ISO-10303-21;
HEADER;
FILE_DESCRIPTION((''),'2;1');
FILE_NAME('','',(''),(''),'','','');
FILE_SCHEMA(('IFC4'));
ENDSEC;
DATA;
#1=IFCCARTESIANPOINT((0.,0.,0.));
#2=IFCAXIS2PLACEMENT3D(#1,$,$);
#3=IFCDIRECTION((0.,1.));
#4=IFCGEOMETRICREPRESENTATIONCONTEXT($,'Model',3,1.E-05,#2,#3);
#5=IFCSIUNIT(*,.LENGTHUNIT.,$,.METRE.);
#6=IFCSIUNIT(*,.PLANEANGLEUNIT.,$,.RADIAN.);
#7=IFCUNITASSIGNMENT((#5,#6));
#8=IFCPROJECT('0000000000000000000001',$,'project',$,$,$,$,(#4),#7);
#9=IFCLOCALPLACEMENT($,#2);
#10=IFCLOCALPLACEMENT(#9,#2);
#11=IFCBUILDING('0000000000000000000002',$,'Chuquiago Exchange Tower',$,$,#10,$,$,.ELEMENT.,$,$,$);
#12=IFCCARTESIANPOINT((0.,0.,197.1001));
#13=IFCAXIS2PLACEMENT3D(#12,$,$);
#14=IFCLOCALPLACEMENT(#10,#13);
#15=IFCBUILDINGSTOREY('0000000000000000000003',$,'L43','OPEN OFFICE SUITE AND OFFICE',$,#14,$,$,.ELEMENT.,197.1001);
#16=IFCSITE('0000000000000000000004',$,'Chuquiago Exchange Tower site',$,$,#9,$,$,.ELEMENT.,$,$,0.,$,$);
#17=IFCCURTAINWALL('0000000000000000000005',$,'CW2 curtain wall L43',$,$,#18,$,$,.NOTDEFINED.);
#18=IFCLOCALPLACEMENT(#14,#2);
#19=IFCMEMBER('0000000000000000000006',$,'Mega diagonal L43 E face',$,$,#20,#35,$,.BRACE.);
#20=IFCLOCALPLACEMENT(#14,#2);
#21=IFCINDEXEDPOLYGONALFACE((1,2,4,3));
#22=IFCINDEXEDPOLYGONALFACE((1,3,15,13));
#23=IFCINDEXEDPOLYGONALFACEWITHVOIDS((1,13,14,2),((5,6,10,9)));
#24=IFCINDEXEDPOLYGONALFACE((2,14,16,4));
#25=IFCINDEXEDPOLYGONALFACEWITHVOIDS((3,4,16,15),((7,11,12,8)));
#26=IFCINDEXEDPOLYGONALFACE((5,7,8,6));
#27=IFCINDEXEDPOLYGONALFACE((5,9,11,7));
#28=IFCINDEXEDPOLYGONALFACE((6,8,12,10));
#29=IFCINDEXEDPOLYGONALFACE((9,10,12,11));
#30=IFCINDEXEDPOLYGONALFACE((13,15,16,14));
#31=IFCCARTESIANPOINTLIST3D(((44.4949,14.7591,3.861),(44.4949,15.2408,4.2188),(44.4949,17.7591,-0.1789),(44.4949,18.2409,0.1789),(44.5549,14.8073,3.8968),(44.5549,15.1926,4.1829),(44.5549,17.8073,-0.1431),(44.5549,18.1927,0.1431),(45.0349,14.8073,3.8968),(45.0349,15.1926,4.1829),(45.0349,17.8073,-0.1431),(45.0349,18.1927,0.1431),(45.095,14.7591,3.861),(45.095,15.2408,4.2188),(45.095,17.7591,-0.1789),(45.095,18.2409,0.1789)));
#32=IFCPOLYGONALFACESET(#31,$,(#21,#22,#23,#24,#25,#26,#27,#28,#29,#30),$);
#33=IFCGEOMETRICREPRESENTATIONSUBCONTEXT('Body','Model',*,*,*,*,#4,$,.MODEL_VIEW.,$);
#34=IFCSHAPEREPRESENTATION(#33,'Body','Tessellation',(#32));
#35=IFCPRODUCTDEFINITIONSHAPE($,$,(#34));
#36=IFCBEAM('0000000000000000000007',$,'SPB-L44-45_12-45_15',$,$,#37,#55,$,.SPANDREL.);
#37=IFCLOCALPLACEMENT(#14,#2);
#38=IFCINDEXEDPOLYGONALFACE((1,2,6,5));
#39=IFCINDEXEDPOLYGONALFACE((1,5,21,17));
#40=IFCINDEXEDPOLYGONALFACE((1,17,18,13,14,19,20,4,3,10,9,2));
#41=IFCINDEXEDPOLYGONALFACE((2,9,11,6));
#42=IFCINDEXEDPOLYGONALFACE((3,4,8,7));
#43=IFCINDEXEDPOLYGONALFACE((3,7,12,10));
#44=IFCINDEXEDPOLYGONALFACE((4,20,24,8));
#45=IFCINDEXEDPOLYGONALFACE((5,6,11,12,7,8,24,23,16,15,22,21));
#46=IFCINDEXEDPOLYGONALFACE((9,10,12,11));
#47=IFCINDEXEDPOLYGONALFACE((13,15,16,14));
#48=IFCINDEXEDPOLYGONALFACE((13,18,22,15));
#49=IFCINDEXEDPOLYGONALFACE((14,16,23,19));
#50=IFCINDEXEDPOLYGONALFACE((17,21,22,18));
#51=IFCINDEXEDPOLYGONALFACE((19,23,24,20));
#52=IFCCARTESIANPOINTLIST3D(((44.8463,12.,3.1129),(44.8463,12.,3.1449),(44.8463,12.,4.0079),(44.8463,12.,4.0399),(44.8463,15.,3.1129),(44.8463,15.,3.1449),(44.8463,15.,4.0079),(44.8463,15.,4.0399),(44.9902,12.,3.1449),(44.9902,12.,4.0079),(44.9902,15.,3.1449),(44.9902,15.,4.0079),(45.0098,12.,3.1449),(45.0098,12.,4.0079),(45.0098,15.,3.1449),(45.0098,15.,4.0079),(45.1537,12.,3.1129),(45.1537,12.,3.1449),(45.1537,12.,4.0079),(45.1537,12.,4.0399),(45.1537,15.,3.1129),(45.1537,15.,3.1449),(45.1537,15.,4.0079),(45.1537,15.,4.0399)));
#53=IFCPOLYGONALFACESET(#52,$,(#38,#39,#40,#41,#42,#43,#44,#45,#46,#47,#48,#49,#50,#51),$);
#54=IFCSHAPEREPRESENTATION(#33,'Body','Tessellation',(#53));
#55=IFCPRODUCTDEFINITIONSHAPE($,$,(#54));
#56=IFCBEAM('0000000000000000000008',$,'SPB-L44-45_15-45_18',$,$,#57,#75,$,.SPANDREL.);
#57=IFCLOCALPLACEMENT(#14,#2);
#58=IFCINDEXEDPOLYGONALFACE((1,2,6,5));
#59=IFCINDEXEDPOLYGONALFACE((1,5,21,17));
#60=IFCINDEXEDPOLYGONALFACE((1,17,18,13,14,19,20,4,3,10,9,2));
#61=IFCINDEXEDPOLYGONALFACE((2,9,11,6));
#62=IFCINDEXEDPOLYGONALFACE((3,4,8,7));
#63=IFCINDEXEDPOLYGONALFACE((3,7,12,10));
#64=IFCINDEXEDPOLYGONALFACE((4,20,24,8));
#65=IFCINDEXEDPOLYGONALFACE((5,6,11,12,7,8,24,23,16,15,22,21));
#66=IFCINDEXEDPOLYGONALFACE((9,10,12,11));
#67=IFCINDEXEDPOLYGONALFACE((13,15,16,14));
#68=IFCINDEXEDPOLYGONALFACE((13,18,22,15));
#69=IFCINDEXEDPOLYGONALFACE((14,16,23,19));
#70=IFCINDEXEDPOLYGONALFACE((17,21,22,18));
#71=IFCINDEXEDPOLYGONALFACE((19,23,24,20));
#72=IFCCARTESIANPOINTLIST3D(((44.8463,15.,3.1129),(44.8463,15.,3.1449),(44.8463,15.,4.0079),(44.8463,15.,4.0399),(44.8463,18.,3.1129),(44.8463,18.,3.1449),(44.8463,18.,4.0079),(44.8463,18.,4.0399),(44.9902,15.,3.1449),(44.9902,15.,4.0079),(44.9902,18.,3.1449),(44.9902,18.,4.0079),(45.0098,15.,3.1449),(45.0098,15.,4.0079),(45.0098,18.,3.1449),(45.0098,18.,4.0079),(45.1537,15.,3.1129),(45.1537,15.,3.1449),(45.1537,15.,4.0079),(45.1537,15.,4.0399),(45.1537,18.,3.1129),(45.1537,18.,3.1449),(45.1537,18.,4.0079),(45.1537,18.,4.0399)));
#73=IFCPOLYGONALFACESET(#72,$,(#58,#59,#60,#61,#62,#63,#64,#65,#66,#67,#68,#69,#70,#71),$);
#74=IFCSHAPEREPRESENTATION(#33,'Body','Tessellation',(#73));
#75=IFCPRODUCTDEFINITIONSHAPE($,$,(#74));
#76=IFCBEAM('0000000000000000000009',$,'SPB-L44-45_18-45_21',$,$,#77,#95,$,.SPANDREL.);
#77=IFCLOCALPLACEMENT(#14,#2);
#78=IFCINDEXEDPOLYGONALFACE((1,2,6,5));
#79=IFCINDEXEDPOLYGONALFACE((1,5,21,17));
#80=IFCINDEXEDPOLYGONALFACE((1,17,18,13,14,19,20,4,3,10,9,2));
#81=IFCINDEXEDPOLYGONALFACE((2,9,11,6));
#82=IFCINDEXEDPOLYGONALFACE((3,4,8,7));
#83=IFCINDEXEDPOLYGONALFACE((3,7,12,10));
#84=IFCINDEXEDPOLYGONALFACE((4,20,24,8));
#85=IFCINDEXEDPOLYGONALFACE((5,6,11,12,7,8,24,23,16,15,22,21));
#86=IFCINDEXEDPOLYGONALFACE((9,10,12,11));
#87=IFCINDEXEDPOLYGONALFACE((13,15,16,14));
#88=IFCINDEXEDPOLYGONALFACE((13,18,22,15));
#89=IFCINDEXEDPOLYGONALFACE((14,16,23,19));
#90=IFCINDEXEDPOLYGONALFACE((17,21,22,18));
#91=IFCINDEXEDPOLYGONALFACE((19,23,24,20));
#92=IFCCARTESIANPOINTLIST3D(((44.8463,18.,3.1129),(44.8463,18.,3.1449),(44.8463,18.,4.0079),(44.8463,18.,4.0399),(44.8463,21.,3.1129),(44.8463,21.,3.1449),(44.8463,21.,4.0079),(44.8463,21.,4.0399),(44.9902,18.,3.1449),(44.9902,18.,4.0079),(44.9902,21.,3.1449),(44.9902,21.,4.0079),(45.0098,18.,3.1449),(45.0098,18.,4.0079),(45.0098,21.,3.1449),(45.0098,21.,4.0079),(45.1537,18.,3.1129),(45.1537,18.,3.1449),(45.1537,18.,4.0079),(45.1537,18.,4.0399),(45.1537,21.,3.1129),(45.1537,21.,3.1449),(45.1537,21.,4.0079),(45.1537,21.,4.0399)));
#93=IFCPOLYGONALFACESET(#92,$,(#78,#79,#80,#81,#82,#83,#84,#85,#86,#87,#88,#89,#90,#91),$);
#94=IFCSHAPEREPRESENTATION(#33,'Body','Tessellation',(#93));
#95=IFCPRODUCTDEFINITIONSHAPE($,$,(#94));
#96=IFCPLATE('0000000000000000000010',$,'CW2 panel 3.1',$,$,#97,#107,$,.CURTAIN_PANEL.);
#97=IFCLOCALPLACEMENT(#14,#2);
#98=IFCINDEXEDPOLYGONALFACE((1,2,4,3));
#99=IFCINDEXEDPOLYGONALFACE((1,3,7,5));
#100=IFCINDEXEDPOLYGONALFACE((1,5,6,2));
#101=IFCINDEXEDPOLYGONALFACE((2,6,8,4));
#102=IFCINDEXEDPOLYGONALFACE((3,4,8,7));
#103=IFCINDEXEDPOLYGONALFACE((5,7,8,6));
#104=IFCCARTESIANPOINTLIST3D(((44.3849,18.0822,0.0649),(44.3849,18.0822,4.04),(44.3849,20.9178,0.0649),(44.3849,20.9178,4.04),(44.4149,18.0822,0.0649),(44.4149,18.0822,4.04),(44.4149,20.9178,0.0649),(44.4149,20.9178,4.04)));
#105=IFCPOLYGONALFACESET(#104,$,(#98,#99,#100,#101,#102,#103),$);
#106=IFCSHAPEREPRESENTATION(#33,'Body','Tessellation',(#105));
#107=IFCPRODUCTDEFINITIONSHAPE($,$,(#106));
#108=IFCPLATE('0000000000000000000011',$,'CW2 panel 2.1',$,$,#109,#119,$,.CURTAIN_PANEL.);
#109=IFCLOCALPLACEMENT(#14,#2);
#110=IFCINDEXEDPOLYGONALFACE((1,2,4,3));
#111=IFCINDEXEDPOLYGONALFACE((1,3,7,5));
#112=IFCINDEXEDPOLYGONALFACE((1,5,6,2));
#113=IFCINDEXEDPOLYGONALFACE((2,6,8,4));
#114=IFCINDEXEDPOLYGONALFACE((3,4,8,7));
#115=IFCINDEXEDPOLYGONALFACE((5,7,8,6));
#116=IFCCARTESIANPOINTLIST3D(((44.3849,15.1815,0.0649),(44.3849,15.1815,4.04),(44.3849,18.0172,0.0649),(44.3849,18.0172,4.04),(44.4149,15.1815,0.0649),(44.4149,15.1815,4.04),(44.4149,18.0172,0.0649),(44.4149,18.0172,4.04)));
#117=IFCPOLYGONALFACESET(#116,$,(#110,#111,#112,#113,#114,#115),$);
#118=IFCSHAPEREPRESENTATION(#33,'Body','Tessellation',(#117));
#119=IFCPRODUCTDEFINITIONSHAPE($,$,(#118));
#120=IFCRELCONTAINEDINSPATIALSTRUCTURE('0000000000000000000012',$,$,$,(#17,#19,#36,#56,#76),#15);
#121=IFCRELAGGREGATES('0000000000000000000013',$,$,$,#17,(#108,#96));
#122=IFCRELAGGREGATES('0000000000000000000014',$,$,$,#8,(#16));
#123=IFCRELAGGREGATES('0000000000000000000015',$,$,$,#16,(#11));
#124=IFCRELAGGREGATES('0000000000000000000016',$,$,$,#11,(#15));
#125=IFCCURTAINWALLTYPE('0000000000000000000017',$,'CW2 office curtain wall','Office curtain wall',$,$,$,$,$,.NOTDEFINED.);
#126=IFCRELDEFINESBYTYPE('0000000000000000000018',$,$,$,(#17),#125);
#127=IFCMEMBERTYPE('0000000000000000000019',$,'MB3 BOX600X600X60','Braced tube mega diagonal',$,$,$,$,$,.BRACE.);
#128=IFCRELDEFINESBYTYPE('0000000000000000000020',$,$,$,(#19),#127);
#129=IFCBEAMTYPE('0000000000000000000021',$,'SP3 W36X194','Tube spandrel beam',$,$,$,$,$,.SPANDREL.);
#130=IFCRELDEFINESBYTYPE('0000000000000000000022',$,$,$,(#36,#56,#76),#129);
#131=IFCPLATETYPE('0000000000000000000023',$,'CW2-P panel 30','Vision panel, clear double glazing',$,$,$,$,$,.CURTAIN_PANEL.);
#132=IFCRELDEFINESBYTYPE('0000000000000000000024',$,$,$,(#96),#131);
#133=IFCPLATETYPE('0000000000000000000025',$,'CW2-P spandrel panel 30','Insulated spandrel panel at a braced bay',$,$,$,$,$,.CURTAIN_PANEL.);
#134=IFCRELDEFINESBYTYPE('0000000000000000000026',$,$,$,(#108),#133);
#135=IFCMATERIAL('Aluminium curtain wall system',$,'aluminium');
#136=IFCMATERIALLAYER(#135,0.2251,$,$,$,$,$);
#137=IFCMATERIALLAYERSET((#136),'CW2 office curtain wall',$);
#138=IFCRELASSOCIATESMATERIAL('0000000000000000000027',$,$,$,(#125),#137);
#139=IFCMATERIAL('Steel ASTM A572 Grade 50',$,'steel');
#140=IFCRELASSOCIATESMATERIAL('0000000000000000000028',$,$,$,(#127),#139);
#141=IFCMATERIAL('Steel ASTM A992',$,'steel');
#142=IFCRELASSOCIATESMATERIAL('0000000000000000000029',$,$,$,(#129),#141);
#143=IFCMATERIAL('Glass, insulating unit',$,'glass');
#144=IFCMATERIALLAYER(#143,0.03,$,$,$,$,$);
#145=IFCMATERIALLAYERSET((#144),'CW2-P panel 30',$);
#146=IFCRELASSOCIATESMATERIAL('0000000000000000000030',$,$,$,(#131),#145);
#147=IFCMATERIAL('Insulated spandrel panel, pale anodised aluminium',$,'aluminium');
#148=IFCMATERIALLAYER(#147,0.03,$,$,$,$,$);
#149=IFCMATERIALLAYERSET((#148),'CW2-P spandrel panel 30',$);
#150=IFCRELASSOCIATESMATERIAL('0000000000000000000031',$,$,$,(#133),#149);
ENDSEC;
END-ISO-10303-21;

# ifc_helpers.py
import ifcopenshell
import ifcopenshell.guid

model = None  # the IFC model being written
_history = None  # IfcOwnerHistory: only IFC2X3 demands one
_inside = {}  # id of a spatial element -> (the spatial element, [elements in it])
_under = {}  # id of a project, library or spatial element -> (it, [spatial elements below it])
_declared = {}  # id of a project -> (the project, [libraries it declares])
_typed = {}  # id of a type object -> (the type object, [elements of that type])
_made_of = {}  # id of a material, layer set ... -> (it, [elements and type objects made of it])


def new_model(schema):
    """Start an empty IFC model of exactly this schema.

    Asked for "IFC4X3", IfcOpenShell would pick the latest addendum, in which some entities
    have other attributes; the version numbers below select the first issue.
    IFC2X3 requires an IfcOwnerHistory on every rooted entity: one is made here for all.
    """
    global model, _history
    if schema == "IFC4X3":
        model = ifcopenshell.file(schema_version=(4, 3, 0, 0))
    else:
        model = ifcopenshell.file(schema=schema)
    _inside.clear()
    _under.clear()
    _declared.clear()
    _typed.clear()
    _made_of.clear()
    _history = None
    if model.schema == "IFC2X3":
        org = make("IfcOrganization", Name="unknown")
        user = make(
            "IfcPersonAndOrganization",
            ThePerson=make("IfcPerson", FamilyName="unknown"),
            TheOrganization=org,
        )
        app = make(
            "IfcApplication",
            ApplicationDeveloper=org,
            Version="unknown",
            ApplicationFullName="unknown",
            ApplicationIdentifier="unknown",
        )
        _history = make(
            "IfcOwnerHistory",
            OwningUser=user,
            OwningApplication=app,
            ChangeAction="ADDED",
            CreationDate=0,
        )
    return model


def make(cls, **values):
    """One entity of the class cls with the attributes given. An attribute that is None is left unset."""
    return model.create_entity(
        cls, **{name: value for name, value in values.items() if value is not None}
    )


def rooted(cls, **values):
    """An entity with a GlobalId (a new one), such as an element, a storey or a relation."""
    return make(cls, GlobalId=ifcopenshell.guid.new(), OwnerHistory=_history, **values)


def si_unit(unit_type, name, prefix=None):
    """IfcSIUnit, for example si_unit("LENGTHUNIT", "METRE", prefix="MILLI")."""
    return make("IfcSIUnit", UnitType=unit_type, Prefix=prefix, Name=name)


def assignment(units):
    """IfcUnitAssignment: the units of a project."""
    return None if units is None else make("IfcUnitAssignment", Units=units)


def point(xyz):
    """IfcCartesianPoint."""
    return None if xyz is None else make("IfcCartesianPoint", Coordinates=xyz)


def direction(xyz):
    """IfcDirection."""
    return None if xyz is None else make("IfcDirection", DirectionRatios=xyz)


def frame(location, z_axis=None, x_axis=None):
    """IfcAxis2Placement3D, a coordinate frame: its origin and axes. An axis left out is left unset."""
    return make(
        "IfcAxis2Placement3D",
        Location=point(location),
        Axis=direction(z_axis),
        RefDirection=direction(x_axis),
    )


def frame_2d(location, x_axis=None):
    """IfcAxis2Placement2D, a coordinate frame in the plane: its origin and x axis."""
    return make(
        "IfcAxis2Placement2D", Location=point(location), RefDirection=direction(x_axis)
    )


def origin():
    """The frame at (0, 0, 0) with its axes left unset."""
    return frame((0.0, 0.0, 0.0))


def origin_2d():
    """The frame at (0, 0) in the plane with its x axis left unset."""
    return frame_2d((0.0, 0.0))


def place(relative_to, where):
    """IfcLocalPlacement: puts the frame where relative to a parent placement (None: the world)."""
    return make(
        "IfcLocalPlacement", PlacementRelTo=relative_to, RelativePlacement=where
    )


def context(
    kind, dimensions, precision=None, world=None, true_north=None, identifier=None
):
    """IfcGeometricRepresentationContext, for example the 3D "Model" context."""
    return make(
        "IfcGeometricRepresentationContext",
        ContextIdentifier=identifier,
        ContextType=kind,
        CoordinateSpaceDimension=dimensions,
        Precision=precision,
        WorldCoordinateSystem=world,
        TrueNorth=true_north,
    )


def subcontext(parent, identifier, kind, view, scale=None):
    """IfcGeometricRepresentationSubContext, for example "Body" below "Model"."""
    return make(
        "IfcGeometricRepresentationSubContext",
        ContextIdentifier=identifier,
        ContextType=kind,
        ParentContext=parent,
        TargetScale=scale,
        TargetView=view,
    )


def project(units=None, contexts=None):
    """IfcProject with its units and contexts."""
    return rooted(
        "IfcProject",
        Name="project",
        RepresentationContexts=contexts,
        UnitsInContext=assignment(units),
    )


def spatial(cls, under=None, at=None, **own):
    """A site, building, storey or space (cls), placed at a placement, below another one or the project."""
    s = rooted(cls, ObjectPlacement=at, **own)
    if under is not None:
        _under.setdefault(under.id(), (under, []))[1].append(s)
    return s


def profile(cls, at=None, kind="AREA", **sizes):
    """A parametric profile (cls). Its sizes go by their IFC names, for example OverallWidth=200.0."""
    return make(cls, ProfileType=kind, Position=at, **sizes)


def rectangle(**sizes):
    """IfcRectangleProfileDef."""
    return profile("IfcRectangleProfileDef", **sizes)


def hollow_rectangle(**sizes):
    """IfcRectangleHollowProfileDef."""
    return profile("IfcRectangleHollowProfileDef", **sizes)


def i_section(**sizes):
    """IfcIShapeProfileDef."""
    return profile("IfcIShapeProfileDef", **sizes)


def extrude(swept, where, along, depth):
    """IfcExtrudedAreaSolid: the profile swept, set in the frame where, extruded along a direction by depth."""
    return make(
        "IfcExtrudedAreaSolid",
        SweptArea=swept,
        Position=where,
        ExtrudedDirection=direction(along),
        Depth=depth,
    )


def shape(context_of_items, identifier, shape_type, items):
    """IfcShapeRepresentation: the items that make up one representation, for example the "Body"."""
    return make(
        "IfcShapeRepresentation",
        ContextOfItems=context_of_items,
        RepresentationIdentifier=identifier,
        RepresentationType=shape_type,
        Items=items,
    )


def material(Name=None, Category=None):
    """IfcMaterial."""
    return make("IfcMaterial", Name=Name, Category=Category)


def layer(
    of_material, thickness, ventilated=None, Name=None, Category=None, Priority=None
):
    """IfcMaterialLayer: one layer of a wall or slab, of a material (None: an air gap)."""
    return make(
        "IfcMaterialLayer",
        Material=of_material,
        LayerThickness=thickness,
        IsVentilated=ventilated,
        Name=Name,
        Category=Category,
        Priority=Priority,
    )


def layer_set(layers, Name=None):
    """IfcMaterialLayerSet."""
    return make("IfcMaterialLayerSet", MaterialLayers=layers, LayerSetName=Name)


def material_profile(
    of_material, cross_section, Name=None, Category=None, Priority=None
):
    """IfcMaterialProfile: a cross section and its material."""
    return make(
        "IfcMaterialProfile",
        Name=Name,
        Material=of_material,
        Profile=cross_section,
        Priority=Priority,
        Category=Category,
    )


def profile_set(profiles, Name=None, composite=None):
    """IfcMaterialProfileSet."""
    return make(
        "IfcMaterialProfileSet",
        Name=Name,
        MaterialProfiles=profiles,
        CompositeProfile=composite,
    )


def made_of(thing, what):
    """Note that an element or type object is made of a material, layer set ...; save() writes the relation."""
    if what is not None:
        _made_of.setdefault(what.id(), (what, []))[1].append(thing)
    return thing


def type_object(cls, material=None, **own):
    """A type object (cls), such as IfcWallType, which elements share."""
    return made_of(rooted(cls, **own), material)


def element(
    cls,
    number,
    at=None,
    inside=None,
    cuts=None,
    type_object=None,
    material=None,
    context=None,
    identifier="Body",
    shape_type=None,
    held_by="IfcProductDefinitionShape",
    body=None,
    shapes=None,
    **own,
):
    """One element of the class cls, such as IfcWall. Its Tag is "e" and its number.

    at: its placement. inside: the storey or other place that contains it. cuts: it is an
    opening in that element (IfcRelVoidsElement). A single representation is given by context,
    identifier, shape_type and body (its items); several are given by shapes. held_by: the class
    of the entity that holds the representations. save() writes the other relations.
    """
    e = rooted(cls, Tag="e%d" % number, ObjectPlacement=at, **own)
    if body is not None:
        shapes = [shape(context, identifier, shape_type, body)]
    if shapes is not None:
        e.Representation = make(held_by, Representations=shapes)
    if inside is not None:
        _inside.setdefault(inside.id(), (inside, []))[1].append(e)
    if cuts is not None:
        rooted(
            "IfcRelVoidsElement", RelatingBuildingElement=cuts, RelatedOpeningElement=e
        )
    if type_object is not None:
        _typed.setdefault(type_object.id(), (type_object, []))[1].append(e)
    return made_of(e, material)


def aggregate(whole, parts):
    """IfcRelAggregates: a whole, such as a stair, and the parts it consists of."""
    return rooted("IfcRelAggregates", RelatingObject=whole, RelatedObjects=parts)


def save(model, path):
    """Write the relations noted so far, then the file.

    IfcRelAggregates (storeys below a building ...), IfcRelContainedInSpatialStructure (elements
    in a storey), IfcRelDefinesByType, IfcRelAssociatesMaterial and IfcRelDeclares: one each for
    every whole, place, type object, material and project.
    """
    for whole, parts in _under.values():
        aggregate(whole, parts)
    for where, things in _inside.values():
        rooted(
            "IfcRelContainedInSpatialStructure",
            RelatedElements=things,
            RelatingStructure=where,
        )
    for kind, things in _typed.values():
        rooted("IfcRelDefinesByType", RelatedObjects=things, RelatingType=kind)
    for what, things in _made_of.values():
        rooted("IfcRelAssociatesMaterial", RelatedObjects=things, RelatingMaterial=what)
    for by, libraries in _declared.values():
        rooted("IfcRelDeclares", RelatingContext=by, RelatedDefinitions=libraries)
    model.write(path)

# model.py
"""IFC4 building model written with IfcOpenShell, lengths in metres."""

from ifc_helpers import new_model, si_unit, direction, frame, origin, origin_2d, place, context, subcontext, project, spatial, rectangle, hollow_rectangle, i_section, extrude, material, layer, layer_set, material_profile, profile_set, type_object, element, aggregate, save


model = new_model("IFC4")

# Units and contexts
model_context = context("Model", 3, precision=1e-05, world=origin(), true_north=direction((0.0, 1.0)))
body_context = subcontext(model_context, "Body", "Model", "MODEL_VIEW")
ifc_project = project(units=[si_unit("LENGTHUNIT", "METRE"), si_unit("PLANEANGLEUNIT", "RADIAN")], contexts=[model_context])

# Site, building, storey
site_placement = place(None, origin())
site = spatial("IfcSite", under=ifc_project, at=site_placement, Name="Chuquiago Exchange Tower site", CompositionType="ELEMENT", RefElevation=0.0)
building_placement = place(site_placement, origin())
building = spatial("IfcBuilding", under=site, at=building_placement, Name="Chuquiago Exchange Tower", CompositionType="ELEMENT")
storey_placement = place(building_placement, frame((0.0, 0.0, 197.1001)))
storey = spatial("IfcBuildingStorey", under=building, at=storey_placement, Name="L43", Description="OPEN OFFICE SUITE AND OFFICE", CompositionType="ELEMENT", Elevation=197.1001)

# Curtain wall
ifc_material_1 = material(Name="Aluminium curtain wall system", Category="aluminium")
ifc_layer_1 = layer(ifc_material_1, 0.2251)
ifc_layer_set_1 = layer_set([ifc_layer_1], Name="CW2 office curtain wall")
curtain_wall_type = type_object("IfcCurtainWallType", Name="CW2 office curtain wall", Description="Office curtain wall", PredefinedType="NOTDEFINED", material=ifc_layer_set_1)
curtain_wall_placement = place(storey_placement, origin())
curtain_wall = element("IfcCurtainWall", 1, at=curtain_wall_placement, inside=storey, type_object=curtain_wall_type, Name="CW2 curtain wall L43", PredefinedType="NOTDEFINED")

# Member
ifc_material_2 = material(Name="Steel ASTM A572 Grade 50", Category="steel")
ifc_material_profile_1 = material_profile(ifc_material_2, hollow_rectangle(XDim=0.6001, YDim=0.6001, WallThickness=0.0601, at=origin_2d()), Name="BOX600X600X60")
ifc_profile_set_1 = profile_set([ifc_material_profile_1], Name="Steel ASTM A572 Grade 50")
member_type_1 = type_object("IfcMemberType", Name="MB3 BOX600X600X60", Description="Braced tube mega diagonal", PredefinedType="BRACE", material=ifc_profile_set_1)
for number, where, z_axis, x_axis, name in (
    (2, (44.7949, 18.0, 0.0), (0.0, -0.596197, 0.802838), (1.0, 0.0, 0.0), "Mega diagonal L43 E face"),
):
    element("IfcMember", number, at=place(storey_placement, frame(where, z_axis=z_axis, x_axis=x_axis)), inside=storey, type_object=member_type_1, Name=name, PredefinedType="BRACE", context=body_context, shape_type="SweptSolid", body=[
        extrude(hollow_rectangle(XDim=0.6001, YDim=0.6001, WallThickness=0.0601, at=origin_2d()), origin(), (0.0, 0.0, 1.0), 5.032),
    ])

# Beams
ifc_material_3 = material(Name="Steel ASTM A992", Category="steel")
ifc_material_profile_2 = material_profile(ifc_material_3, i_section(OverallWidth=0.3074, OverallDepth=0.927, WebThickness=0.0195, FlangeThickness=0.032, at=origin_2d()), Name="W36X194")
ifc_profile_set_2 = profile_set([ifc_material_profile_2], Name="Steel ASTM A992")
beam_type = type_object("IfcBeamType", Name="SP3 W36X194", Description="Tube spandrel beam", PredefinedType="SPANDREL", material=ifc_profile_set_2)
for number, where, z_axis, x_axis, name in (
    (3, (45.0, 12.0, 3.5764), (0.0, 1.0, 0.0), (-1.0, 0.0, 0.0), "SPB-L44-45_12-45_15"),
    (4, (45.0, 15.0, 3.5764), (0.0, 1.0, 0.0), (-1.0, 0.0, 0.0), "SPB-L44-45_15-45_18"),
    (5, (45.0, 18.0, 3.5764), (0.0, 1.0, 0.0), (-1.0, 0.0, 0.0), "SPB-L44-45_18-45_21"),
):
    element("IfcBeam", number, at=place(storey_placement, frame(where, z_axis=z_axis, x_axis=x_axis)), inside=storey, type_object=beam_type, Name=name, PredefinedType="SPANDREL", context=body_context, shape_type="SweptSolid", body=[
        extrude(i_section(OverallWidth=0.3074, OverallDepth=0.927, WebThickness=0.0195, FlangeThickness=0.032, at=origin_2d()), origin(), (0.0, 0.0, 1.0), 3.0),
    ])

# Plates
ifc_material_4 = material(Name="Glass, insulating unit", Category="glass")
ifc_layer_2 = layer(ifc_material_4, 0.03)
ifc_layer_set_2 = layer_set([ifc_layer_2], Name="CW2-P panel 30")
plate_type_1 = type_object("IfcPlateType", Name="CW2-P panel 30", Description="Vision panel, clear double glazing", PredefinedType="CURTAIN_PANEL", material=ifc_layer_set_2)
plate_1_placement = place(storey_placement, frame((44.3999, 19.5, 0.0649), z_axis=(0.0, 0.0, 1.0), x_axis=(0.0, 1.0, 0.0)))
plate_1 = element("IfcPlate", 6, at=plate_1_placement, type_object=plate_type_1, Name="CW2 panel 3.1", PredefinedType="CURTAIN_PANEL", context=body_context, shape_type="SweptSolid", body=[
    extrude(rectangle(XDim=2.8357, YDim=0.03, at=origin_2d()), origin(), (0.0, 0.0, 1.0), 3.9751),
])
ifc_material_5 = material(Name="Insulated spandrel panel, pale anodised aluminium", Category="aluminium")
ifc_layer_3 = layer(ifc_material_5, 0.03)
ifc_layer_set_3 = layer_set([ifc_layer_3], Name="CW2-P spandrel panel 30")
plate_type_2 = type_object("IfcPlateType", Name="CW2-P spandrel panel 30", Description="Insulated spandrel panel at a braced bay", PredefinedType="CURTAIN_PANEL", material=ifc_layer_set_3)
plate_2_placement = place(storey_placement, frame((44.3999, 16.5994, 0.0649), z_axis=(0.0, 0.0, 1.0), x_axis=(0.0, 1.0, 0.0)))
plate_2 = element("IfcPlate", 7, at=plate_2_placement, type_object=plate_type_2, Name="CW2 panel 2.1", PredefinedType="CURTAIN_PANEL", context=body_context, shape_type="SweptSolid", body=[
    extrude(rectangle(XDim=2.8357, YDim=0.03, at=origin_2d()), origin(), (0.0, 0.0, 1.0), 3.9751),
])
aggregate(curtain_wall, [plate_2, plate_1])

save(model, "model.ifc")
